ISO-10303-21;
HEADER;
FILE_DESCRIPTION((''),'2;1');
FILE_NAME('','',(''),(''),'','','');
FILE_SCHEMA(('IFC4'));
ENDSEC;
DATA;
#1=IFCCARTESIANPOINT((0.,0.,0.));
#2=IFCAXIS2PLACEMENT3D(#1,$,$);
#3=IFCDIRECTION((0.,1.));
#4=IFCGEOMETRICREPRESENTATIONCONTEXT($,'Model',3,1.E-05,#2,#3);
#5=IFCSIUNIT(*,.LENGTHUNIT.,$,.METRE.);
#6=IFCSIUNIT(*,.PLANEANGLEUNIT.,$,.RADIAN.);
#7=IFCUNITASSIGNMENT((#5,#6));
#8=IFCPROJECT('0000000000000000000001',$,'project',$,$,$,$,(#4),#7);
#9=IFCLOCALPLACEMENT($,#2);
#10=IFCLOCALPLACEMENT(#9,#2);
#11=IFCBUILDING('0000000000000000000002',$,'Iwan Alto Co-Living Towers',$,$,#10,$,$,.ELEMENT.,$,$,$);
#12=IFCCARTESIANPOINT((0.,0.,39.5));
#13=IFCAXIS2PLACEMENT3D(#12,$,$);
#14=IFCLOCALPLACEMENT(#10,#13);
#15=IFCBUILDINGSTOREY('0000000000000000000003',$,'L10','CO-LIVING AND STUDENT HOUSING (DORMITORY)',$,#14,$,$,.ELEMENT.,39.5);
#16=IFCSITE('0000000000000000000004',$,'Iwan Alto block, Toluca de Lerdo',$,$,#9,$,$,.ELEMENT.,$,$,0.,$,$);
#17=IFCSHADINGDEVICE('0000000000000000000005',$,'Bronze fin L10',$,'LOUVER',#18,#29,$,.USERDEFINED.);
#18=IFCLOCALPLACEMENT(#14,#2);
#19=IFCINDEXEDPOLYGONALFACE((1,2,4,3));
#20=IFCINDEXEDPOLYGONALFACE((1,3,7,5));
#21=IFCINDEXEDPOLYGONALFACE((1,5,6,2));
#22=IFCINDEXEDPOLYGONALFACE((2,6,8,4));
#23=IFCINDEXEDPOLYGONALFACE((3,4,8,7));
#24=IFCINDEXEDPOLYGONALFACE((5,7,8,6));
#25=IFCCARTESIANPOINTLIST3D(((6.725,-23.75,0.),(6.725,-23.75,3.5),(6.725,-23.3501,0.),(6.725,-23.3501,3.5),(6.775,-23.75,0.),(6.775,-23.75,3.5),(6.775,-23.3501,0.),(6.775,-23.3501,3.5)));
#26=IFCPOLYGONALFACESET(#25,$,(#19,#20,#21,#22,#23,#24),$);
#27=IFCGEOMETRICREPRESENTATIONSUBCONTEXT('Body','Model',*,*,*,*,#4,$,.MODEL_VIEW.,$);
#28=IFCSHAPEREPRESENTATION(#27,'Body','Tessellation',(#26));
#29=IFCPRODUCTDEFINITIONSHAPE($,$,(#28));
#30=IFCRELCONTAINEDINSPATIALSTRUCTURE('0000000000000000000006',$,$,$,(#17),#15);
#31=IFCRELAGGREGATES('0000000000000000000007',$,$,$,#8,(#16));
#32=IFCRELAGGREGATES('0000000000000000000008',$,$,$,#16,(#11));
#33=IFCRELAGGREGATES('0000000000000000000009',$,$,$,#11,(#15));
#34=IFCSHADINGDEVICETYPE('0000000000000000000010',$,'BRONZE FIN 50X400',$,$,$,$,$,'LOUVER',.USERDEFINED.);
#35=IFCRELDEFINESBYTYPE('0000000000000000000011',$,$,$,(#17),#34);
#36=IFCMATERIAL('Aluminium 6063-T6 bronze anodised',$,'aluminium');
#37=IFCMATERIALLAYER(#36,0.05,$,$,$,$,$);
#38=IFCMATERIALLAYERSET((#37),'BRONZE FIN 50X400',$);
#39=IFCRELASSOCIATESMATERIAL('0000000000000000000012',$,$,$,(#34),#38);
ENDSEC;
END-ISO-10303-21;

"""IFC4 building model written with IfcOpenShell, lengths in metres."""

from ifc_helpers import new_model, si_unit, direction, frame, origin, origin_2d, place, context, subcontext, project, spatial, rectangle, extrude, material, layer, layer_set, type_object, element, save


model = new_model("IFC4")

# Units and contexts
model_context = context("Model", 3, precision=1e-05, world=origin(), true_north=direction((0.0, 1.0)))
body_context = subcontext(model_context, "Body", "Model", "MODEL_VIEW")
ifc_project = project(units=[si_unit("LENGTHUNIT", "METRE"), si_unit("PLANEANGLEUNIT", "RADIAN")], contexts=[model_context])

# Site, building, storey
site_placement = place(None, origin())
site = spatial("IfcSite", under=ifc_project, at=site_placement, Name="Iwan Alto block, Toluca de Lerdo", CompositionType="ELEMENT", RefElevation=0.0)
building_placement = place(site_placement, origin())
building = spatial("IfcBuilding", under=site, at=building_placement, Name="Iwan Alto Co-Living Towers", CompositionType="ELEMENT")
storey_placement = place(building_placement, frame((0.0, 0.0, 39.5)))
storey = spatial("IfcBuildingStorey", under=building, at=storey_placement, Name="L10", Description="CO-LIVING AND STUDENT HOUSING (DORMITORY)", CompositionType="ELEMENT", Elevation=39.5)

# Shading device
ifc_material_1 = material(Name="Aluminium 6063-T6 bronze anodised", Category="aluminium")
ifc_layer_1 = layer(ifc_material_1, 0.05)
ifc_layer_set_1 = layer_set([ifc_layer_1], Name="BRONZE FIN 50X400")
shading_device_type = type_object("IfcShadingDeviceType", Name="BRONZE FIN 50X400", ElementType="LOUVER", PredefinedType="USERDEFINED", material=ifc_layer_set_1)
shading_device_placement = place(storey_placement, frame((6.75, -23.55, 0.0), z_axis=(0.0, 0.0, 1.0), x_axis=(1.0, 0.0, 0.0)))
element("IfcShadingDevice", 1, at=shading_device_placement, inside=storey, type_object=shading_device_type, Name="Bronze fin L10", ObjectType="LOUVER", PredefinedType="USERDEFINED", context=body_context, shape_type="SweptSolid", body=[
    extrude(rectangle(XDim=0.05, YDim=0.3999, at=origin_2d()), origin(), (0.0, 0.0, 1.0), 3.5),
])

save(model, "model.ifc")
